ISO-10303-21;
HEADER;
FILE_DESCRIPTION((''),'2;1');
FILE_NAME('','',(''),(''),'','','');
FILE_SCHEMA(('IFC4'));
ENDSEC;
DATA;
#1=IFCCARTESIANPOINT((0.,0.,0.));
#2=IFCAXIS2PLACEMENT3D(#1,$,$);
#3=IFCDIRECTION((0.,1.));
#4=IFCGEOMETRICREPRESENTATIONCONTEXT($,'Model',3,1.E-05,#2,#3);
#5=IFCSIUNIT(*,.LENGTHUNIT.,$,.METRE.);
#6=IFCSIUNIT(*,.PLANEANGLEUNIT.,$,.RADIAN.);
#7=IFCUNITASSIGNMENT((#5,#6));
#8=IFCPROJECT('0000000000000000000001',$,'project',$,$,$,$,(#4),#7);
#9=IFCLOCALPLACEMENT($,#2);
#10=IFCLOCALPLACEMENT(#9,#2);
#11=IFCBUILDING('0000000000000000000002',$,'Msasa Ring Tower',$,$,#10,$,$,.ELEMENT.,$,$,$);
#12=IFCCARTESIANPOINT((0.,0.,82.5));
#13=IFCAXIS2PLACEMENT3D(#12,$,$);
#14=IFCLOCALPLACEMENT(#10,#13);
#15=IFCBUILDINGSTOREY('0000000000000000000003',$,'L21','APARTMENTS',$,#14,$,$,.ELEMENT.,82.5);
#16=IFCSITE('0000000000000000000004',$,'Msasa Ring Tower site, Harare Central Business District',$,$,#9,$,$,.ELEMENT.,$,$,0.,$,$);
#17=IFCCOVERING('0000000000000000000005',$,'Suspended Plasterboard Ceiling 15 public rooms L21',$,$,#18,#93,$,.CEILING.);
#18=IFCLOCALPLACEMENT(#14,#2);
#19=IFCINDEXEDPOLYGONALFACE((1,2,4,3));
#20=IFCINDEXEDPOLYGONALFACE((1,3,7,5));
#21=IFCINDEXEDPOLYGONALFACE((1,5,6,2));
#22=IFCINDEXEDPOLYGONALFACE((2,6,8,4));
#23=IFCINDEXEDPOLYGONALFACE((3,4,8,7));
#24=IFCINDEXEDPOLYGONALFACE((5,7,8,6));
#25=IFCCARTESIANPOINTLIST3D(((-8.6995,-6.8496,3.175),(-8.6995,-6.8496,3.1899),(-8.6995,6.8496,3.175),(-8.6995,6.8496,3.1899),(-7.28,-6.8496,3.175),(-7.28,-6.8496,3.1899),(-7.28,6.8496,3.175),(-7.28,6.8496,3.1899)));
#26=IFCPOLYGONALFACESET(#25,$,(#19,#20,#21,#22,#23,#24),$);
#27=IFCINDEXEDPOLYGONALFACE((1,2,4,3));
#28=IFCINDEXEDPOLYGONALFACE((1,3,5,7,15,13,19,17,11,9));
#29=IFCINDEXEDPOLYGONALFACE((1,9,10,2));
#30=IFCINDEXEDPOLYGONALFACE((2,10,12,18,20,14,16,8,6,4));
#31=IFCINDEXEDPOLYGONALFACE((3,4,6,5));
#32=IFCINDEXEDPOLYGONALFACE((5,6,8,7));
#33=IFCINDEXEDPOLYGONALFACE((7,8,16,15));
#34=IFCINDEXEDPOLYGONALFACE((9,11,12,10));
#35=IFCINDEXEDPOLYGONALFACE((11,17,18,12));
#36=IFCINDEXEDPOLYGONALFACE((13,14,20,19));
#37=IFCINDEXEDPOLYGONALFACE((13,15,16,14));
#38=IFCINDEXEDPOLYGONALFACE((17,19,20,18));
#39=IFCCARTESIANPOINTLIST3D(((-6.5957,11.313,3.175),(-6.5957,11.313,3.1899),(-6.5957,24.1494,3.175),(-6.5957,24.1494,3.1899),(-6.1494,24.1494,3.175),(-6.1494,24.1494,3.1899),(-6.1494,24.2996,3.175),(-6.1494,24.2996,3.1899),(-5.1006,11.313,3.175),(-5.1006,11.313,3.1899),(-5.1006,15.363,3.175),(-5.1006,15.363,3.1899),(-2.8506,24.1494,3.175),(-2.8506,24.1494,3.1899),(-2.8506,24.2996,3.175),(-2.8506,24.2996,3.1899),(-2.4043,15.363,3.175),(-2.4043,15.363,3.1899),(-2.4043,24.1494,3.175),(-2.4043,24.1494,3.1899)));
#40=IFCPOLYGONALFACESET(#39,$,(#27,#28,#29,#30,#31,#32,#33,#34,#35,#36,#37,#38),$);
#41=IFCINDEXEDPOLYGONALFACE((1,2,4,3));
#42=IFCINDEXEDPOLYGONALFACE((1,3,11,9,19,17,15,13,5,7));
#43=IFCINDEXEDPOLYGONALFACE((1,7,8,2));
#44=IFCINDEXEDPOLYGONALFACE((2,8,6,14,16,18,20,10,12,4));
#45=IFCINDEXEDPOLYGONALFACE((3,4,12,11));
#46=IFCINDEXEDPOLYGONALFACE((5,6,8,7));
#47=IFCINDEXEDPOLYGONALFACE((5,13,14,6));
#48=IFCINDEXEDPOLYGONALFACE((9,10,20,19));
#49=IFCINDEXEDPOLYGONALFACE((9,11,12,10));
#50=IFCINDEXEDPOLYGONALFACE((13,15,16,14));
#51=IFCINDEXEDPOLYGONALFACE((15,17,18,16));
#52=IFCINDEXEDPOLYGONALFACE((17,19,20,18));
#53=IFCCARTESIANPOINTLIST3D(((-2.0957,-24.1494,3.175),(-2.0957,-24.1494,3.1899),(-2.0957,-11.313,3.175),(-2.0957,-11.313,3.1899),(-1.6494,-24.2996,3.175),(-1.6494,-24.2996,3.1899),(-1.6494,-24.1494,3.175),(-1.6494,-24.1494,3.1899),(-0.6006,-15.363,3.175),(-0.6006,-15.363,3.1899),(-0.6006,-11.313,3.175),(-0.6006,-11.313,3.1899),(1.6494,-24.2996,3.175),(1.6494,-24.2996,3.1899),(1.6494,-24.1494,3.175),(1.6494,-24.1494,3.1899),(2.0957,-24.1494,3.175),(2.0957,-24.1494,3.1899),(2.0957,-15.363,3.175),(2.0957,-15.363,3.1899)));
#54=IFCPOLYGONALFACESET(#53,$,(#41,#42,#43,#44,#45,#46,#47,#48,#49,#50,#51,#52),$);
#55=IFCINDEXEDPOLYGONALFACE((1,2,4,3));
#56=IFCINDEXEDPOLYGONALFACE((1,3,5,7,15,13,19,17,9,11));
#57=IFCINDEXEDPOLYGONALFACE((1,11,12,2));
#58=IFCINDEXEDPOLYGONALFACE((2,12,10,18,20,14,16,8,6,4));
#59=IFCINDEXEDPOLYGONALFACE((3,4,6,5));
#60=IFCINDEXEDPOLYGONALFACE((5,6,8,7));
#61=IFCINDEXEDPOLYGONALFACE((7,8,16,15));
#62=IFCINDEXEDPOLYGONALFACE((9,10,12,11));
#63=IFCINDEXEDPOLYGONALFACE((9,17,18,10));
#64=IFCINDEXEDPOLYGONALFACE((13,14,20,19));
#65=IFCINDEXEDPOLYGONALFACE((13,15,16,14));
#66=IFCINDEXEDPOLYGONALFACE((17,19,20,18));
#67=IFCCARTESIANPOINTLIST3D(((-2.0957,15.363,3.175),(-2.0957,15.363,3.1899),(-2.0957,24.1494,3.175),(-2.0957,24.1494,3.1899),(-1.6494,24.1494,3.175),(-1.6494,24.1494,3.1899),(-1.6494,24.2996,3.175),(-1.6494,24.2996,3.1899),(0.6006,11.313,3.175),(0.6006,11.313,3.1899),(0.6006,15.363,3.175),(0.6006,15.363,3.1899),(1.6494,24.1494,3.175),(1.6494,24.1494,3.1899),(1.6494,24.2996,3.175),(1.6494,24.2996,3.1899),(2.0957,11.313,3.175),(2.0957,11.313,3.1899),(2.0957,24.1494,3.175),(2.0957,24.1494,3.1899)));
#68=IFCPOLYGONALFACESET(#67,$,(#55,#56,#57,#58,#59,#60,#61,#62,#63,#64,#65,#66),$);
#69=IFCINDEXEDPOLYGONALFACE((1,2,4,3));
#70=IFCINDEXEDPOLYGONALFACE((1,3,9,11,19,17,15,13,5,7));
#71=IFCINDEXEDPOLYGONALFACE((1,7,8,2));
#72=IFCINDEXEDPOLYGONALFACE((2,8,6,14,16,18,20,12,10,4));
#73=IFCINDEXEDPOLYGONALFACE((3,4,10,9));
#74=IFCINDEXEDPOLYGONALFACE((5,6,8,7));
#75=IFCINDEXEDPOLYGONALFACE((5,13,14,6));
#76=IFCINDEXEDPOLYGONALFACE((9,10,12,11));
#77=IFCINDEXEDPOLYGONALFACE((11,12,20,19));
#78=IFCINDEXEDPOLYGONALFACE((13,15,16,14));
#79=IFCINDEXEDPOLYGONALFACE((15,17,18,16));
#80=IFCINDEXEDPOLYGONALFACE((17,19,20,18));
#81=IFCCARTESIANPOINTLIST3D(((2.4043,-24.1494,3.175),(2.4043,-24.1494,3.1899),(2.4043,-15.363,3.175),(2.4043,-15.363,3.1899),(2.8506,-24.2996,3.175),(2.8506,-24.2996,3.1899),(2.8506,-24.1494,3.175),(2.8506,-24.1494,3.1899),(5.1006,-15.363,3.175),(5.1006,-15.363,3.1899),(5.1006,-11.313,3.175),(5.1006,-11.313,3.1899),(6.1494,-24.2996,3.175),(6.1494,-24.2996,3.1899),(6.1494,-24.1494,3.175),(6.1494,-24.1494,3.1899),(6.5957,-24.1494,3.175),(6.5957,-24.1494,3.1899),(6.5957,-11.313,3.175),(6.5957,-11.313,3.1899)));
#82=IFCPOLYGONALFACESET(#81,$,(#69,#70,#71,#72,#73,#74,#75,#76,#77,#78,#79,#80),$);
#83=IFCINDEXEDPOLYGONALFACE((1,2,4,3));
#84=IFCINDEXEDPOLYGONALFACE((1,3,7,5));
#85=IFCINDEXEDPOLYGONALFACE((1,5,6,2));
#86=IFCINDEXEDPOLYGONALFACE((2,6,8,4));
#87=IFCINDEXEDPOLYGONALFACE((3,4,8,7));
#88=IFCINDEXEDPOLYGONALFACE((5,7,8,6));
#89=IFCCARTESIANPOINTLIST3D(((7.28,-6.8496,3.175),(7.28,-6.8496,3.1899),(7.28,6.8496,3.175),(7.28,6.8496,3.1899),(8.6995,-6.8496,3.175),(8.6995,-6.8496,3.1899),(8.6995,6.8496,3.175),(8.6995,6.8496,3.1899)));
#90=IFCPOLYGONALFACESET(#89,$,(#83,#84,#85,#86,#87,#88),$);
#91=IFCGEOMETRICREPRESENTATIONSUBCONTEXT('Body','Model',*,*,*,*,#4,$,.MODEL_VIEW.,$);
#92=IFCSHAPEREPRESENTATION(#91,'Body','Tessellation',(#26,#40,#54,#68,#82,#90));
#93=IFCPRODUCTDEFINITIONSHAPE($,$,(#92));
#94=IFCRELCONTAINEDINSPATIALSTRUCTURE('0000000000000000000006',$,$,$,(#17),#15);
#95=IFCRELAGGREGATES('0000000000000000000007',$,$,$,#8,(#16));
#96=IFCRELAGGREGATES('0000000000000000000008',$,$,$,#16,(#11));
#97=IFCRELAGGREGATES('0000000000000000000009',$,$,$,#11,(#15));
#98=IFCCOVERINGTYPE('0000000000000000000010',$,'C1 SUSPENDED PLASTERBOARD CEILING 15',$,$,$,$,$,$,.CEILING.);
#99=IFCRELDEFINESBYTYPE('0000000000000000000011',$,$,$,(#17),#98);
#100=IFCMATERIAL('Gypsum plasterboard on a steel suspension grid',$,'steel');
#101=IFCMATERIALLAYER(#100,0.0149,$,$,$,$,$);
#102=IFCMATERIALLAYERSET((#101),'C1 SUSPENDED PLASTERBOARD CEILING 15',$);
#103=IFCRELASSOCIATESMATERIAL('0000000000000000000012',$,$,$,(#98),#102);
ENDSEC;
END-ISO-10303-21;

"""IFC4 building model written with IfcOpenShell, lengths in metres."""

from ifc_helpers import new_model, si_unit, direction, frame, origin, place, context, subcontext, project, spatial, line, indexed_curve, outline, extrude, material, layer, layer_set, type_object, element, save


model = new_model("IFC4")

# Units and contexts
model_context = context("Model", 3, precision=1e-05, world=origin(), true_north=direction((0.0, 1.0)))
body_context = subcontext(model_context, "Body", "Model", "MODEL_VIEW")
ifc_project = project(units=[si_unit("LENGTHUNIT", "METRE"), si_unit("PLANEANGLEUNIT", "RADIAN")], contexts=[model_context])

# Site, building, storey
site_placement = place(None, origin())
site = spatial("IfcSite", under=ifc_project, at=site_placement, Name="Msasa Ring Tower site, Harare Central Business District", CompositionType="ELEMENT", RefElevation=0.0)
building_placement = place(site_placement, origin())
building = spatial("IfcBuilding", under=site, at=building_placement, Name="Msasa Ring Tower", CompositionType="ELEMENT")
storey_placement = place(building_placement, frame((0.0, 0.0, 82.5)))
storey = spatial("IfcBuildingStorey", under=building, at=storey_placement, Name="L21", Description="APARTMENTS", CompositionType="ELEMENT", Elevation=82.5)

# Covering
ifc_material_1 = material(Name="Gypsum plasterboard on a steel suspension grid", Category="steel")
ifc_layer_1 = layer(ifc_material_1, 0.0149)
ifc_layer_set_1 = layer_set([ifc_layer_1], Name="C1 SUSPENDED PLASTERBOARD CEILING 15")
covering_type_1 = type_object("IfcCoveringType", Name="C1 SUSPENDED PLASTERBOARD CEILING 15", PredefinedType="CEILING", material=ifc_layer_set_1)
covering_1_placement = place(storey_placement, frame((0.0, 0.0, 3.175)))
element("IfcCovering", 1, at=covering_1_placement, inside=storey, type_object=covering_type_1, Name="Suspended Plasterboard Ceiling 15 public rooms L21", PredefinedType="CEILING", context=body_context, shape_type="SweptSolid", body=[
    extrude(outline(indexed_curve([(-8.6995, -6.8496), (-8.6995, 6.8496), (-7.28, 6.8496), (-7.28, -6.8496)], segments=[line(1, 2, 3, 4, 1)], self_intersect=False)), origin(), (0.0, 0.0, 1.0), 0.0149),
    extrude(outline(indexed_curve([(-5.1006, 11.313), (-6.5957, 11.313), (-6.5957, 24.1494), (-6.1494, 24.1494), (-6.1494, 24.2996), (-2.8506, 24.2996), (-2.8506, 24.1494), (-2.4043, 24.1494), (-2.4043, 15.363), (-5.1006, 15.363)], segments=[line(1, 2, 3, 4, 5, 6, 7, 8, 9, 10, 1)], self_intersect=False)), origin(), (0.0, 0.0, 1.0), 0.0149),
    extrude(outline(indexed_curve([(2.0957, -15.363), (2.0957, -24.1494), (1.6494, -24.1494), (1.6494, -24.2996), (-1.6494, -24.2996), (-1.6494, -24.1494), (-2.0957, -24.1494), (-2.0957, -11.313), (-0.6006, -11.313), (-0.6006, -15.363)], segments=[line(1, 2, 3, 4, 5, 6, 7, 8, 9, 10, 1)], self_intersect=False)), origin(), (0.0, 0.0, 1.0), 0.0149),
    extrude(outline(indexed_curve([(1.6494, 24.2996), (1.6494, 24.1494), (2.0957, 24.1494), (2.0957, 11.313), (0.6006, 11.313), (0.6006, 15.363), (-2.0957, 15.363), (-2.0957, 24.1494), (-1.6494, 24.1494), (-1.6494, 24.2996)], segments=[line(1, 2, 3, 4, 5, 6, 7, 8, 9, 10, 1)], self_intersect=False)), origin(), (0.0, 0.0, 1.0), 0.0149),
    extrude(outline(indexed_curve([(5.1006, -11.313), (6.5957, -11.313), (6.5957, -24.1494), (6.1494, -24.1494), (6.1494, -24.2996), (2.8506, -24.2996), (2.8506, -24.1494), (2.4043, -24.1494), (2.4043, -15.363), (5.1006, -15.363)], segments=[line(1, 2, 3, 4, 5, 6, 7, 8, 9, 10, 1)], self_intersect=False)), origin(), (0.0, 0.0, 1.0), 0.0149),
    extrude(outline(indexed_curve([(8.6995, -6.8496), (7.28, -6.8496), (7.28, 6.8496), (8.6995, 6.8496)], segments=[line(1, 2, 3, 4, 1)], self_intersect=False)), origin(), (0.0, 0.0, 1.0), 0.0149),
])

save(model, "model.ifc")
